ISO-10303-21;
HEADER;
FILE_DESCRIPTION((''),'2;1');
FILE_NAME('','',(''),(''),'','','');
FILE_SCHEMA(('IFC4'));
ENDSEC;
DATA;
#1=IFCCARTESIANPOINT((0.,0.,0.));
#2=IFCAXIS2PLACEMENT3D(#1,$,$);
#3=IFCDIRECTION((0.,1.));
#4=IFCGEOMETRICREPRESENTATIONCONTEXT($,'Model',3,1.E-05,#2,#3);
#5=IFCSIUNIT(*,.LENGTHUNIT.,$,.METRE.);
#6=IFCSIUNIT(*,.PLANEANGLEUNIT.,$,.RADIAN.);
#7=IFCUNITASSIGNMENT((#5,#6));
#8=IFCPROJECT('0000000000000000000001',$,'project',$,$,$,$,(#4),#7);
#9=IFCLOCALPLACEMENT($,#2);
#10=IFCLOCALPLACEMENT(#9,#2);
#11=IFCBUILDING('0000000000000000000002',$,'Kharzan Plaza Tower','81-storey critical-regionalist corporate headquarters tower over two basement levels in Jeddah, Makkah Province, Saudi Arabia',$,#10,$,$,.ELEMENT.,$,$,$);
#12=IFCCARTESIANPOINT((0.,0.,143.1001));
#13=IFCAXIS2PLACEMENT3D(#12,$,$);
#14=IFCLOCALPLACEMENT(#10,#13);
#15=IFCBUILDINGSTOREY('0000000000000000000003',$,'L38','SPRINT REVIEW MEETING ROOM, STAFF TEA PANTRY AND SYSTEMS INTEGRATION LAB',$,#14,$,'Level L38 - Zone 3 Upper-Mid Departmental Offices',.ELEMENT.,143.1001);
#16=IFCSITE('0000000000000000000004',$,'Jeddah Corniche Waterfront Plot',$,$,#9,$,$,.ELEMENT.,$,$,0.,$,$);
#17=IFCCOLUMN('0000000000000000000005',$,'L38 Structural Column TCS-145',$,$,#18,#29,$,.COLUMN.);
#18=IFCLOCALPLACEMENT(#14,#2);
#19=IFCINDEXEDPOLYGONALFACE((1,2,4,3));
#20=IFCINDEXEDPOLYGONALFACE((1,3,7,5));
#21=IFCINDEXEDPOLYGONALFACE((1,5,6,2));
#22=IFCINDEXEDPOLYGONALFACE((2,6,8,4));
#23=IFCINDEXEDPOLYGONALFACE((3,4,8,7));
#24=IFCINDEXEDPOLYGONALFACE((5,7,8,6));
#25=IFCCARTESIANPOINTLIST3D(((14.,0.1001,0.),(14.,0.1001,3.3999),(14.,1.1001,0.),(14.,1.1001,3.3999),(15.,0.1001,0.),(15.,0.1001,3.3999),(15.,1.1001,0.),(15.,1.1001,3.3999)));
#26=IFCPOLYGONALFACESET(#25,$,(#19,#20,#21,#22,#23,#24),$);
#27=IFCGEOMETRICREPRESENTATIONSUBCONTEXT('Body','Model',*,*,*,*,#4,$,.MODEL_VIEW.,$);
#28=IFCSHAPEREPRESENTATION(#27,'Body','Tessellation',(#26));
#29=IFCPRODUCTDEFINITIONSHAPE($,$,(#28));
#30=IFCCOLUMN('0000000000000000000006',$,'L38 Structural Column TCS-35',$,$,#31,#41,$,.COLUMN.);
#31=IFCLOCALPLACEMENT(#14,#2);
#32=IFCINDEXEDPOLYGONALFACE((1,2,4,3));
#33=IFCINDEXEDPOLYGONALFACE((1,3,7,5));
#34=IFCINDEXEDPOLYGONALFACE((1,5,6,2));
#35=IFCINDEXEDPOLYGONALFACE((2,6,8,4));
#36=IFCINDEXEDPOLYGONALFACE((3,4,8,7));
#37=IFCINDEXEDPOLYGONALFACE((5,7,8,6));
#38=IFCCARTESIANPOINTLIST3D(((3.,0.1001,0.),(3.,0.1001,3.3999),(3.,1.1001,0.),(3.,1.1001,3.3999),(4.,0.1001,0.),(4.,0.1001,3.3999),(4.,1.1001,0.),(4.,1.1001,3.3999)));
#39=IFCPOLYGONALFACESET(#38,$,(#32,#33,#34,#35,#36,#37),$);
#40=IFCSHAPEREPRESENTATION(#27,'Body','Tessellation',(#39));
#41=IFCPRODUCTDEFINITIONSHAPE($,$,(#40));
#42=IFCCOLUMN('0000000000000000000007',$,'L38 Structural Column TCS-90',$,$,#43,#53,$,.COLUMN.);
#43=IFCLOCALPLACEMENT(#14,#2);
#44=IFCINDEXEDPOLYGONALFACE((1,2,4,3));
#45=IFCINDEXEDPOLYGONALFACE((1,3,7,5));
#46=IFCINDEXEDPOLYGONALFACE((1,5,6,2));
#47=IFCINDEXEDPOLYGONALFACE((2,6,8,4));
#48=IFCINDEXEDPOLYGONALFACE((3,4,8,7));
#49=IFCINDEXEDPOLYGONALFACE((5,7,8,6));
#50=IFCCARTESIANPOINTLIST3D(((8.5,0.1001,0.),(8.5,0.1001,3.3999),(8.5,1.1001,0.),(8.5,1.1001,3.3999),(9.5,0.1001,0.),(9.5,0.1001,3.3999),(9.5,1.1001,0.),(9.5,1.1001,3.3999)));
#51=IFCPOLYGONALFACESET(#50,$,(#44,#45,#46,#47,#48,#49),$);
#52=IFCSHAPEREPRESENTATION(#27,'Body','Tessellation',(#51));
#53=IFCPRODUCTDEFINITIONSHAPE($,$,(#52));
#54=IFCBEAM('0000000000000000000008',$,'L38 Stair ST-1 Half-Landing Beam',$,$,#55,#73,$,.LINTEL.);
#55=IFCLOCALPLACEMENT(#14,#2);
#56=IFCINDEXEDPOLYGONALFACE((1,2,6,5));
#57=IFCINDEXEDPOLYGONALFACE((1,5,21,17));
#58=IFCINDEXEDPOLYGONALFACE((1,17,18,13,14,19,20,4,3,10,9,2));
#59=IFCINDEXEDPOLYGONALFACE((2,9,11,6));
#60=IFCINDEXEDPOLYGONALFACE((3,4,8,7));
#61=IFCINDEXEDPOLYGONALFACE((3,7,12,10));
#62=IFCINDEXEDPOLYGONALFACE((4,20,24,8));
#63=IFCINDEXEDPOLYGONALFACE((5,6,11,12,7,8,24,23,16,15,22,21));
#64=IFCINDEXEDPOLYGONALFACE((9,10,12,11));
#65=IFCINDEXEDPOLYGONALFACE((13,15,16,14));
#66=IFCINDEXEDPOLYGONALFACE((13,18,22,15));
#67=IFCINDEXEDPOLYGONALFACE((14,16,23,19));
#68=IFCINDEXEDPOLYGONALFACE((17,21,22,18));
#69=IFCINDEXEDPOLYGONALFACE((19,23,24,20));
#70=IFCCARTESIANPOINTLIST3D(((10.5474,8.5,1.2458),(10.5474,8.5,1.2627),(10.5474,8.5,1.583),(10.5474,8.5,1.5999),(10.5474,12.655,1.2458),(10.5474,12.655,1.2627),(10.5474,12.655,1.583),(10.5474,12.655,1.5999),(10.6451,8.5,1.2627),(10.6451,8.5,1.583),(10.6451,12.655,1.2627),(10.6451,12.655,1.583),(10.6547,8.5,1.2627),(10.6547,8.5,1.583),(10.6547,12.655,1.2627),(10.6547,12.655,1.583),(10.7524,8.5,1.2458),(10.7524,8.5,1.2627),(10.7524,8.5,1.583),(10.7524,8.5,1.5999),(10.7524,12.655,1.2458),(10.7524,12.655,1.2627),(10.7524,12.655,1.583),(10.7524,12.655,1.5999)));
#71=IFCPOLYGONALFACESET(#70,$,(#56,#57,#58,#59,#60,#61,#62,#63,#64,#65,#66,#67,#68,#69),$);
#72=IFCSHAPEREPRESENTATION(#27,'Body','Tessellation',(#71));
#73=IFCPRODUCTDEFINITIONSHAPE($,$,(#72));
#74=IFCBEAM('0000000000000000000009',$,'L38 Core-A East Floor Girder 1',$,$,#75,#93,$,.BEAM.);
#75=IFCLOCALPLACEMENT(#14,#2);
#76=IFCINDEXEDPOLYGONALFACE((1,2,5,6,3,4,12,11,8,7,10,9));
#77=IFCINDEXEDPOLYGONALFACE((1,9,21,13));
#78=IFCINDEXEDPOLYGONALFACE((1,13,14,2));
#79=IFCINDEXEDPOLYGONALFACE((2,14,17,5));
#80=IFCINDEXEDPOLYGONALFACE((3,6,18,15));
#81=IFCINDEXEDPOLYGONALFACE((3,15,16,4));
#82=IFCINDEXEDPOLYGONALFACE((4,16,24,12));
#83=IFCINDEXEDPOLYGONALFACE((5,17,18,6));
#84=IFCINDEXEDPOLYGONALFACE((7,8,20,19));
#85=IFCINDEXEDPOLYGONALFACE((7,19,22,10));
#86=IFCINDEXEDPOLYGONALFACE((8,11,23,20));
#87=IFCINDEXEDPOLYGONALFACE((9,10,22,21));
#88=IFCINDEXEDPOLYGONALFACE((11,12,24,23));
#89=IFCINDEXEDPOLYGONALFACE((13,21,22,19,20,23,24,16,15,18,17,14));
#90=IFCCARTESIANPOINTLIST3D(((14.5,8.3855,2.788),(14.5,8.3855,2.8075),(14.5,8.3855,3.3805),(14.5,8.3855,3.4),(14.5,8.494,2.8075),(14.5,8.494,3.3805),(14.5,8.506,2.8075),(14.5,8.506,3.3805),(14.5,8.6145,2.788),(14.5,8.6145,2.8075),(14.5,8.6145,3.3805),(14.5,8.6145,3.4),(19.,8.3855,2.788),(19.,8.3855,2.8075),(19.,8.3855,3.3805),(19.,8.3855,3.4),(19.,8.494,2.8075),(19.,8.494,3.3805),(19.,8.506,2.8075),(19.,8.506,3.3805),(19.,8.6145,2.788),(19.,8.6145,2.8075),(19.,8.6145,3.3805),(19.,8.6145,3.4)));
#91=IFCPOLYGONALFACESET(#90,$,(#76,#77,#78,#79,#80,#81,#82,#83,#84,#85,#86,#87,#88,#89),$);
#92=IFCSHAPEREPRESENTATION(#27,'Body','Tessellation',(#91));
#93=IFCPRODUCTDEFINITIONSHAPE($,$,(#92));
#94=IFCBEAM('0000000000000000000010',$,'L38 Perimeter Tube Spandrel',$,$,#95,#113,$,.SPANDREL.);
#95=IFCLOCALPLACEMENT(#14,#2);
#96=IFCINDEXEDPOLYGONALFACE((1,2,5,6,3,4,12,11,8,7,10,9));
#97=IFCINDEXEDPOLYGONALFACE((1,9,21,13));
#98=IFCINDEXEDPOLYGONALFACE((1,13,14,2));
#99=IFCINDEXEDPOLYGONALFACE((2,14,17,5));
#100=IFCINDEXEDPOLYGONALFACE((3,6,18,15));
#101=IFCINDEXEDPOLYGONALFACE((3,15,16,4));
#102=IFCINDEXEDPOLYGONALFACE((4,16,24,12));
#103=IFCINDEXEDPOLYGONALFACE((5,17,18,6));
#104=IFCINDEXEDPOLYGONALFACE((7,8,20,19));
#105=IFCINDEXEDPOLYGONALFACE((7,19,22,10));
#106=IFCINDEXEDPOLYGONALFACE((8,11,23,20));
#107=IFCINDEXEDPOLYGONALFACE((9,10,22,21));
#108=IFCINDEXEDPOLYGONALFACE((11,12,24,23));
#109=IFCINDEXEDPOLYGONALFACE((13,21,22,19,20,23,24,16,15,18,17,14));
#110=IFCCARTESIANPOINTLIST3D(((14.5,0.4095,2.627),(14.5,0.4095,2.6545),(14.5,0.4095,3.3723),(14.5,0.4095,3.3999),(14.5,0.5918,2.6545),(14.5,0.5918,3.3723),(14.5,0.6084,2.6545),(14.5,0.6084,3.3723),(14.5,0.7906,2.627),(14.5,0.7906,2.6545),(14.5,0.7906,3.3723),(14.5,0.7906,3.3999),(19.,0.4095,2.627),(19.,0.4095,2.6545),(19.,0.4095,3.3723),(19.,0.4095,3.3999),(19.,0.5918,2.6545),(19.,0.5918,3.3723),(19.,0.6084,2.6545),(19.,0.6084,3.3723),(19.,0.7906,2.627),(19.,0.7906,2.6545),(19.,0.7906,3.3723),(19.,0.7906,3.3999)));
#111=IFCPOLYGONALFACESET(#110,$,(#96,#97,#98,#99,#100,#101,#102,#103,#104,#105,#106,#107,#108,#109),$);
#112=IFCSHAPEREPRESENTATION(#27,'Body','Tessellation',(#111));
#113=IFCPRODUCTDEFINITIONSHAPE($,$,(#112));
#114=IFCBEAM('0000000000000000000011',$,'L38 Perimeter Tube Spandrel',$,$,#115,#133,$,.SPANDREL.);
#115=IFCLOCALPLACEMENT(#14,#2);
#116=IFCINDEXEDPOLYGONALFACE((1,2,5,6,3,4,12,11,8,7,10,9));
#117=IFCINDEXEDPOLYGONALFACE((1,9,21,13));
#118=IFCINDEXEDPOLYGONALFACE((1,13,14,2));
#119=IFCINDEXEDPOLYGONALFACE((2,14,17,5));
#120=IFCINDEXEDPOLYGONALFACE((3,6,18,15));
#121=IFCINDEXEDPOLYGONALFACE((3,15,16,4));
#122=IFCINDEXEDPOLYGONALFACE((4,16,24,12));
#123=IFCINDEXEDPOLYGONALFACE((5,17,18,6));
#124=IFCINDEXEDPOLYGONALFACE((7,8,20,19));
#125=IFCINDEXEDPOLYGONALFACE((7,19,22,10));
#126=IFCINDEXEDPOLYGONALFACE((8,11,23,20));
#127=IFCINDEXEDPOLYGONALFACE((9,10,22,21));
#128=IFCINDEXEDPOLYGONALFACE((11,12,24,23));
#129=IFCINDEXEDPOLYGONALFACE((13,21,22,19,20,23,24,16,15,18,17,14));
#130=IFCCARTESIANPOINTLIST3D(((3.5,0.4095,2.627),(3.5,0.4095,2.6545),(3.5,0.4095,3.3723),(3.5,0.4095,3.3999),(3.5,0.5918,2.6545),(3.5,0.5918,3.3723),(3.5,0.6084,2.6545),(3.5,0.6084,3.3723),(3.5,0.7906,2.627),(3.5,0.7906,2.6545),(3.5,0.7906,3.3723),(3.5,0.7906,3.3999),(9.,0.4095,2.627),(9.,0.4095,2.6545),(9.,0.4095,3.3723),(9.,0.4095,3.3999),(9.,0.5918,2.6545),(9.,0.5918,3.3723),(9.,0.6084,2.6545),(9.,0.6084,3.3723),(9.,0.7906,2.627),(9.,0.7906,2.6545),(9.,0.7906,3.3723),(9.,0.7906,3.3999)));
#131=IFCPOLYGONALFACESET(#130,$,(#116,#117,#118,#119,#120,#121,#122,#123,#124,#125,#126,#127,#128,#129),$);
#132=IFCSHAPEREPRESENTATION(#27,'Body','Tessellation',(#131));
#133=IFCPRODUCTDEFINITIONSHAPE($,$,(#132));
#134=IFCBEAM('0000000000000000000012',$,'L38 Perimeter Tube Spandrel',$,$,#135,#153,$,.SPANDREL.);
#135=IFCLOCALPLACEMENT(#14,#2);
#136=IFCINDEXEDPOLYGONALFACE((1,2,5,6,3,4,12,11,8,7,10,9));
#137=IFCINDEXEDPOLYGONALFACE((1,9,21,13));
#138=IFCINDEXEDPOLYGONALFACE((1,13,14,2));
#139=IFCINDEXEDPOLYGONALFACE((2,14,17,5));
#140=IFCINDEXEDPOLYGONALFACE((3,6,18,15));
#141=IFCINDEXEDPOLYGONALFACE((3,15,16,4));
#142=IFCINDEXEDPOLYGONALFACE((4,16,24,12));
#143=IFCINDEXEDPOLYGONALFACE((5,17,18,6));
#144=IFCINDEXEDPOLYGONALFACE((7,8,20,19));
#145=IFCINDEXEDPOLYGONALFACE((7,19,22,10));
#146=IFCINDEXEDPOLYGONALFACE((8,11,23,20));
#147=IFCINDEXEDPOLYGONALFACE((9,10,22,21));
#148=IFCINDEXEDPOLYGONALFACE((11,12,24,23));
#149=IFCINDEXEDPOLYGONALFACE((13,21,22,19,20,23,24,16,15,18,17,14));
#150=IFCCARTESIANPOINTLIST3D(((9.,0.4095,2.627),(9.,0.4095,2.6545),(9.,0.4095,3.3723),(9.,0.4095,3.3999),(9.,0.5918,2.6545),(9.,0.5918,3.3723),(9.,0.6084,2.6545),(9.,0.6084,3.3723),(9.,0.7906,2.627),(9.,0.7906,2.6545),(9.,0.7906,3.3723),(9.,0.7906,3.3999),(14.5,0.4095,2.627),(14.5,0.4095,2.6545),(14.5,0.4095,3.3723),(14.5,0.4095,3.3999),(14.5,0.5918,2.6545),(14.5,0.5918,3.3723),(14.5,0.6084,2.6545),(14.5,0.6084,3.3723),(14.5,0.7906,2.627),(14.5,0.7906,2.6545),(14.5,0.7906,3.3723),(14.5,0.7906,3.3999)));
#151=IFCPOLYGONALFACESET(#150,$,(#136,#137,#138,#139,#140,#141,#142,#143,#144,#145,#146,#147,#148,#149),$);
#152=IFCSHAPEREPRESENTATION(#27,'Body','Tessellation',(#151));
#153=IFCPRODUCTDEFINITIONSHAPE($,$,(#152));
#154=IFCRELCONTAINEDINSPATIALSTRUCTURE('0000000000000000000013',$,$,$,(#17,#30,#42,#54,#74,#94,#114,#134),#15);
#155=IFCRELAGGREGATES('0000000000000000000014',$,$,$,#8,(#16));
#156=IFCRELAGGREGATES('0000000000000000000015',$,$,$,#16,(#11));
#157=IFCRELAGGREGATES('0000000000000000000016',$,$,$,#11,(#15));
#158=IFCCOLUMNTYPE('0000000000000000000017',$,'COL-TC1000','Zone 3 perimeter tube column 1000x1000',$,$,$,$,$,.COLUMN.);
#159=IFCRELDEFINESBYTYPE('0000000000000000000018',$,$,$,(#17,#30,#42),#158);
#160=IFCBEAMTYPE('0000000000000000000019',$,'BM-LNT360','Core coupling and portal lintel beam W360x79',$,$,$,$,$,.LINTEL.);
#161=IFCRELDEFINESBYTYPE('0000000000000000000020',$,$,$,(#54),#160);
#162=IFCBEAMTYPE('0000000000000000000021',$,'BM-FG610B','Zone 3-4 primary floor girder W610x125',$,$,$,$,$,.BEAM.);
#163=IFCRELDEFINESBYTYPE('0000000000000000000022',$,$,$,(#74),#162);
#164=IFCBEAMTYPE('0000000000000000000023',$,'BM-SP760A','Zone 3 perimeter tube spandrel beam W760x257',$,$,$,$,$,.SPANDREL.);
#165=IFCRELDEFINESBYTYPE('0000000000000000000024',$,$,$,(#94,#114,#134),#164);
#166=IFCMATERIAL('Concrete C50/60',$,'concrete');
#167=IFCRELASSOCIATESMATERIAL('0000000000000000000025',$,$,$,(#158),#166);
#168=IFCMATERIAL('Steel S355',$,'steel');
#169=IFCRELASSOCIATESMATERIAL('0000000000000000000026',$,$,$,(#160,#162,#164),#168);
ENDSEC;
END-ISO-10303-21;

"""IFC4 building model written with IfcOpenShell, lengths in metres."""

from ifc_helpers import new_model, si_unit, direction, frame, origin, origin_2d, place, context, subcontext, project, spatial, rectangle, i_section, extrude, source, transform, mapped, material, material_profile, profile_set, type_object, element, save


model = new_model("IFC4")

# Units and contexts
model_context = context("Model", 3, precision=1e-05, world=origin(), true_north=direction((0.0, 1.0)))
body_context = subcontext(model_context, "Body", "Model", "MODEL_VIEW")
ifc_project = project(units=[si_unit("LENGTHUNIT", "METRE"), si_unit("PLANEANGLEUNIT", "RADIAN")], contexts=[model_context])

# Site, building, storey
site_placement = place(None, origin())
site = spatial("IfcSite", under=ifc_project, at=site_placement, Name="Jeddah Corniche Waterfront Plot", CompositionType="ELEMENT", RefElevation=0.0)
building_placement = place(site_placement, origin())
building = spatial("IfcBuilding", under=site, at=building_placement, Name="Kharzan Plaza Tower", Description="81-storey critical-regionalist corporate headquarters tower over two basement levels in Jeddah, Makkah Province, Saudi Arabia", CompositionType="ELEMENT")
storey_placement = place(building_placement, frame((0.0, 0.0, 143.1001)))
storey = spatial("IfcBuildingStorey", under=building, at=storey_placement, Name="L38", Description="SPRINT REVIEW MEETING ROOM, STAFF TEA PANTRY AND SYSTEMS INTEGRATION LAB", LongName="Level L38 - Zone 3 Upper-Mid Departmental Offices", CompositionType="ELEMENT", Elevation=143.1001)

# Columns
ifc_material_1 = material(Name="Concrete C50/60", Category="concrete")
ifc_material_profile_1 = material_profile(ifc_material_1, rectangle(XDim=1.0, YDim=1.0, at=origin_2d()), Name="RC-TC1000x1000")
ifc_profile_set_1 = profile_set([ifc_material_profile_1], Name="Concrete C50/60")
column_type = type_object("IfcColumnType", Name="COL-TC1000", Description="Zone 3 perimeter tube column 1000x1000", PredefinedType="COLUMN", material=ifc_profile_set_1)
shared_shape_1 = source(origin(), body_context, "Body", "SweptSolid", [
    extrude(rectangle(XDim=1.0, YDim=1.0, at=origin_2d()), origin(), (0.0, 0.0, 1.0), 3.3999),
])
for number, where, z_axis, x_axis, name in (
    (1, (14.5, 0.6001, 0.0), (0.0, 0.0, 1.0), (1.0, 0.0, 0.0), "L38 Structural Column TCS-145"),
    (2, (3.5, 0.6001, 0.0), (0.0, 0.0, 1.0), (1.0, 0.0, 0.0), "L38 Structural Column TCS-35"),
    (3, (9.0, 0.6001, 0.0), (0.0, 0.0, 1.0), (1.0, 0.0, 0.0), "L38 Structural Column TCS-90"),
):
    element("IfcColumn", number, at=place(storey_placement, frame(where, z_axis=z_axis, x_axis=x_axis)), inside=storey, type_object=column_type, Name=name, PredefinedType="COLUMN", context=body_context, shape_type="MappedRepresentation", body=[
        mapped(shared_shape_1, transform((0.0, 0.0, 0.0), x_axis=(1.0, 0.0, 0.0), y_axis=(0.0, 1.0, 0.0), z_axis=(0.0, 0.0, 1.0))),
    ])

# Beams
ifc_material_2 = material(Name="Steel S355", Category="steel")
ifc_material_profile_2 = material_profile(ifc_material_2, i_section(OverallWidth=0.2051, OverallDepth=0.354, WebThickness=0.0095, FlangeThickness=0.0168, at=origin_2d()), Name="W360x79")
ifc_profile_set_2 = profile_set([ifc_material_profile_2], Name="Steel S355")
beam_type_1 = type_object("IfcBeamType", Name="BM-LNT360", Description="Core coupling and portal lintel beam W360x79", PredefinedType="LINTEL", material=ifc_profile_set_2)
shared_shape_2 = source(origin(), body_context, "Body", "SweptSolid", [
    extrude(i_section(OverallWidth=0.2051, OverallDepth=0.354, WebThickness=0.0095, FlangeThickness=0.0168, at=origin_2d()), origin(), (0.0, 0.0, 1.0), 4.155),
])
beam_1_placement = place(storey_placement, frame((10.6499, 8.5, 1.4229), z_axis=(0.0, 1.0, 0.0), x_axis=(-1.0, 0.0, 0.0)))
element("IfcBeam", 4, at=beam_1_placement, inside=storey, type_object=beam_type_1, Name="L38 Stair ST-1 Half-Landing Beam", PredefinedType="LINTEL", context=body_context, shape_type="MappedRepresentation", body=[
    mapped(shared_shape_2, transform((0.0, 0.0, 0.0), x_axis=(1.0, 0.0, 0.0), y_axis=(0.0, 1.0, 0.0), z_axis=(0.0, 0.0, 1.0))),
])
ifc_material_profile_3 = material_profile(ifc_material_2, i_section(OverallWidth=0.229, OverallDepth=0.6121, WebThickness=0.012, FlangeThickness=0.0195, at=origin_2d()), Name="W610x125")
ifc_profile_set_3 = profile_set([ifc_material_profile_3], Name="Steel S355")
beam_type_2 = type_object("IfcBeamType", Name="BM-FG610B", Description="Zone 3-4 primary floor girder W610x125", PredefinedType="BEAM", material=ifc_profile_set_3)
shared_shape_3 = source(origin(), body_context, "Body", "SweptSolid", [
    extrude(i_section(OverallWidth=0.229, OverallDepth=0.6121, WebThickness=0.012, FlangeThickness=0.0195, at=origin_2d()), origin(), (0.0, 0.0, 1.0), 4.5),
])
beam_2_placement = place(storey_placement, frame((14.5, 8.5, 3.094), z_axis=(1.0, 0.0, 0.0), x_axis=(0.0, 1.0, 0.0)))
element("IfcBeam", 5, at=beam_2_placement, inside=storey, type_object=beam_type_2, Name="L38 Core-A East Floor Girder 1", PredefinedType="BEAM", context=body_context, shape_type="MappedRepresentation", body=[
    mapped(shared_shape_3, transform((0.0, 0.0, 0.0), x_axis=(1.0, 0.0, 0.0), y_axis=(0.0, 1.0, 0.0), z_axis=(0.0, 0.0, 1.0))),
])
ifc_material_profile_4 = material_profile(ifc_material_2, i_section(OverallWidth=0.3811, OverallDepth=0.7729, WebThickness=0.0166, FlangeThickness=0.0276, at=origin_2d()), Name="W760x257")
ifc_profile_set_4 = profile_set([ifc_material_profile_4], Name="Steel S355")
beam_type_3 = type_object("IfcBeamType", Name="BM-SP760A", Description="Zone 3 perimeter tube spandrel beam W760x257", PredefinedType="SPANDREL", material=ifc_profile_set_4)
shared_shape_4 = source(origin(), body_context, "Body", "SweptSolid", [
    extrude(i_section(OverallWidth=0.3811, OverallDepth=0.7729, WebThickness=0.0166, FlangeThickness=0.0276, at=origin_2d()), origin(), (0.0, 0.0, 1.0), 4.5),
])
beam_3_placement = place(storey_placement, frame((14.5, 0.6001, 3.0134), z_axis=(1.0, 0.0, 0.0), x_axis=(0.0, 1.0, 0.0)))
element("IfcBeam", 6, at=beam_3_placement, inside=storey, type_object=beam_type_3, Name="L38 Perimeter Tube Spandrel", PredefinedType="SPANDREL", context=body_context, shape_type="MappedRepresentation", body=[
    mapped(shared_shape_4, transform((0.0, 0.0, 0.0), x_axis=(1.0, 0.0, 0.0), y_axis=(0.0, 1.0, 0.0), z_axis=(0.0, 0.0, 1.0))),
])
shared_shape_5 = source(origin(), body_context, "Body", "SweptSolid", [
    extrude(i_section(OverallWidth=0.3811, OverallDepth=0.7729, WebThickness=0.0166, FlangeThickness=0.0276, at=origin_2d()), origin(), (0.0, 0.0, 1.0), 5.5),
])
for number, where, z_axis, x_axis, name in (
    (7, (3.5, 0.6001, 3.0134), (1.0, 0.0, 0.0), (0.0, 1.0, 0.0), "L38 Perimeter Tube Spandrel"),
    (8, (9.0, 0.6001, 3.0134), (1.0, 0.0, 0.0), (0.0, 1.0, 0.0), "L38 Perimeter Tube Spandrel"),
):
    element("IfcBeam", number, at=place(storey_placement, frame(where, z_axis=z_axis, x_axis=x_axis)), inside=storey, type_object=beam_type_3, Name=name, PredefinedType="SPANDREL", context=body_context, shape_type="MappedRepresentation", body=[
        mapped(shared_shape_5, transform((0.0, 0.0, 0.0), x_axis=(1.0, 0.0, 0.0), y_axis=(0.0, 1.0, 0.0), z_axis=(0.0, 0.0, 1.0))),
    ])

save(model, "model.ifc")
